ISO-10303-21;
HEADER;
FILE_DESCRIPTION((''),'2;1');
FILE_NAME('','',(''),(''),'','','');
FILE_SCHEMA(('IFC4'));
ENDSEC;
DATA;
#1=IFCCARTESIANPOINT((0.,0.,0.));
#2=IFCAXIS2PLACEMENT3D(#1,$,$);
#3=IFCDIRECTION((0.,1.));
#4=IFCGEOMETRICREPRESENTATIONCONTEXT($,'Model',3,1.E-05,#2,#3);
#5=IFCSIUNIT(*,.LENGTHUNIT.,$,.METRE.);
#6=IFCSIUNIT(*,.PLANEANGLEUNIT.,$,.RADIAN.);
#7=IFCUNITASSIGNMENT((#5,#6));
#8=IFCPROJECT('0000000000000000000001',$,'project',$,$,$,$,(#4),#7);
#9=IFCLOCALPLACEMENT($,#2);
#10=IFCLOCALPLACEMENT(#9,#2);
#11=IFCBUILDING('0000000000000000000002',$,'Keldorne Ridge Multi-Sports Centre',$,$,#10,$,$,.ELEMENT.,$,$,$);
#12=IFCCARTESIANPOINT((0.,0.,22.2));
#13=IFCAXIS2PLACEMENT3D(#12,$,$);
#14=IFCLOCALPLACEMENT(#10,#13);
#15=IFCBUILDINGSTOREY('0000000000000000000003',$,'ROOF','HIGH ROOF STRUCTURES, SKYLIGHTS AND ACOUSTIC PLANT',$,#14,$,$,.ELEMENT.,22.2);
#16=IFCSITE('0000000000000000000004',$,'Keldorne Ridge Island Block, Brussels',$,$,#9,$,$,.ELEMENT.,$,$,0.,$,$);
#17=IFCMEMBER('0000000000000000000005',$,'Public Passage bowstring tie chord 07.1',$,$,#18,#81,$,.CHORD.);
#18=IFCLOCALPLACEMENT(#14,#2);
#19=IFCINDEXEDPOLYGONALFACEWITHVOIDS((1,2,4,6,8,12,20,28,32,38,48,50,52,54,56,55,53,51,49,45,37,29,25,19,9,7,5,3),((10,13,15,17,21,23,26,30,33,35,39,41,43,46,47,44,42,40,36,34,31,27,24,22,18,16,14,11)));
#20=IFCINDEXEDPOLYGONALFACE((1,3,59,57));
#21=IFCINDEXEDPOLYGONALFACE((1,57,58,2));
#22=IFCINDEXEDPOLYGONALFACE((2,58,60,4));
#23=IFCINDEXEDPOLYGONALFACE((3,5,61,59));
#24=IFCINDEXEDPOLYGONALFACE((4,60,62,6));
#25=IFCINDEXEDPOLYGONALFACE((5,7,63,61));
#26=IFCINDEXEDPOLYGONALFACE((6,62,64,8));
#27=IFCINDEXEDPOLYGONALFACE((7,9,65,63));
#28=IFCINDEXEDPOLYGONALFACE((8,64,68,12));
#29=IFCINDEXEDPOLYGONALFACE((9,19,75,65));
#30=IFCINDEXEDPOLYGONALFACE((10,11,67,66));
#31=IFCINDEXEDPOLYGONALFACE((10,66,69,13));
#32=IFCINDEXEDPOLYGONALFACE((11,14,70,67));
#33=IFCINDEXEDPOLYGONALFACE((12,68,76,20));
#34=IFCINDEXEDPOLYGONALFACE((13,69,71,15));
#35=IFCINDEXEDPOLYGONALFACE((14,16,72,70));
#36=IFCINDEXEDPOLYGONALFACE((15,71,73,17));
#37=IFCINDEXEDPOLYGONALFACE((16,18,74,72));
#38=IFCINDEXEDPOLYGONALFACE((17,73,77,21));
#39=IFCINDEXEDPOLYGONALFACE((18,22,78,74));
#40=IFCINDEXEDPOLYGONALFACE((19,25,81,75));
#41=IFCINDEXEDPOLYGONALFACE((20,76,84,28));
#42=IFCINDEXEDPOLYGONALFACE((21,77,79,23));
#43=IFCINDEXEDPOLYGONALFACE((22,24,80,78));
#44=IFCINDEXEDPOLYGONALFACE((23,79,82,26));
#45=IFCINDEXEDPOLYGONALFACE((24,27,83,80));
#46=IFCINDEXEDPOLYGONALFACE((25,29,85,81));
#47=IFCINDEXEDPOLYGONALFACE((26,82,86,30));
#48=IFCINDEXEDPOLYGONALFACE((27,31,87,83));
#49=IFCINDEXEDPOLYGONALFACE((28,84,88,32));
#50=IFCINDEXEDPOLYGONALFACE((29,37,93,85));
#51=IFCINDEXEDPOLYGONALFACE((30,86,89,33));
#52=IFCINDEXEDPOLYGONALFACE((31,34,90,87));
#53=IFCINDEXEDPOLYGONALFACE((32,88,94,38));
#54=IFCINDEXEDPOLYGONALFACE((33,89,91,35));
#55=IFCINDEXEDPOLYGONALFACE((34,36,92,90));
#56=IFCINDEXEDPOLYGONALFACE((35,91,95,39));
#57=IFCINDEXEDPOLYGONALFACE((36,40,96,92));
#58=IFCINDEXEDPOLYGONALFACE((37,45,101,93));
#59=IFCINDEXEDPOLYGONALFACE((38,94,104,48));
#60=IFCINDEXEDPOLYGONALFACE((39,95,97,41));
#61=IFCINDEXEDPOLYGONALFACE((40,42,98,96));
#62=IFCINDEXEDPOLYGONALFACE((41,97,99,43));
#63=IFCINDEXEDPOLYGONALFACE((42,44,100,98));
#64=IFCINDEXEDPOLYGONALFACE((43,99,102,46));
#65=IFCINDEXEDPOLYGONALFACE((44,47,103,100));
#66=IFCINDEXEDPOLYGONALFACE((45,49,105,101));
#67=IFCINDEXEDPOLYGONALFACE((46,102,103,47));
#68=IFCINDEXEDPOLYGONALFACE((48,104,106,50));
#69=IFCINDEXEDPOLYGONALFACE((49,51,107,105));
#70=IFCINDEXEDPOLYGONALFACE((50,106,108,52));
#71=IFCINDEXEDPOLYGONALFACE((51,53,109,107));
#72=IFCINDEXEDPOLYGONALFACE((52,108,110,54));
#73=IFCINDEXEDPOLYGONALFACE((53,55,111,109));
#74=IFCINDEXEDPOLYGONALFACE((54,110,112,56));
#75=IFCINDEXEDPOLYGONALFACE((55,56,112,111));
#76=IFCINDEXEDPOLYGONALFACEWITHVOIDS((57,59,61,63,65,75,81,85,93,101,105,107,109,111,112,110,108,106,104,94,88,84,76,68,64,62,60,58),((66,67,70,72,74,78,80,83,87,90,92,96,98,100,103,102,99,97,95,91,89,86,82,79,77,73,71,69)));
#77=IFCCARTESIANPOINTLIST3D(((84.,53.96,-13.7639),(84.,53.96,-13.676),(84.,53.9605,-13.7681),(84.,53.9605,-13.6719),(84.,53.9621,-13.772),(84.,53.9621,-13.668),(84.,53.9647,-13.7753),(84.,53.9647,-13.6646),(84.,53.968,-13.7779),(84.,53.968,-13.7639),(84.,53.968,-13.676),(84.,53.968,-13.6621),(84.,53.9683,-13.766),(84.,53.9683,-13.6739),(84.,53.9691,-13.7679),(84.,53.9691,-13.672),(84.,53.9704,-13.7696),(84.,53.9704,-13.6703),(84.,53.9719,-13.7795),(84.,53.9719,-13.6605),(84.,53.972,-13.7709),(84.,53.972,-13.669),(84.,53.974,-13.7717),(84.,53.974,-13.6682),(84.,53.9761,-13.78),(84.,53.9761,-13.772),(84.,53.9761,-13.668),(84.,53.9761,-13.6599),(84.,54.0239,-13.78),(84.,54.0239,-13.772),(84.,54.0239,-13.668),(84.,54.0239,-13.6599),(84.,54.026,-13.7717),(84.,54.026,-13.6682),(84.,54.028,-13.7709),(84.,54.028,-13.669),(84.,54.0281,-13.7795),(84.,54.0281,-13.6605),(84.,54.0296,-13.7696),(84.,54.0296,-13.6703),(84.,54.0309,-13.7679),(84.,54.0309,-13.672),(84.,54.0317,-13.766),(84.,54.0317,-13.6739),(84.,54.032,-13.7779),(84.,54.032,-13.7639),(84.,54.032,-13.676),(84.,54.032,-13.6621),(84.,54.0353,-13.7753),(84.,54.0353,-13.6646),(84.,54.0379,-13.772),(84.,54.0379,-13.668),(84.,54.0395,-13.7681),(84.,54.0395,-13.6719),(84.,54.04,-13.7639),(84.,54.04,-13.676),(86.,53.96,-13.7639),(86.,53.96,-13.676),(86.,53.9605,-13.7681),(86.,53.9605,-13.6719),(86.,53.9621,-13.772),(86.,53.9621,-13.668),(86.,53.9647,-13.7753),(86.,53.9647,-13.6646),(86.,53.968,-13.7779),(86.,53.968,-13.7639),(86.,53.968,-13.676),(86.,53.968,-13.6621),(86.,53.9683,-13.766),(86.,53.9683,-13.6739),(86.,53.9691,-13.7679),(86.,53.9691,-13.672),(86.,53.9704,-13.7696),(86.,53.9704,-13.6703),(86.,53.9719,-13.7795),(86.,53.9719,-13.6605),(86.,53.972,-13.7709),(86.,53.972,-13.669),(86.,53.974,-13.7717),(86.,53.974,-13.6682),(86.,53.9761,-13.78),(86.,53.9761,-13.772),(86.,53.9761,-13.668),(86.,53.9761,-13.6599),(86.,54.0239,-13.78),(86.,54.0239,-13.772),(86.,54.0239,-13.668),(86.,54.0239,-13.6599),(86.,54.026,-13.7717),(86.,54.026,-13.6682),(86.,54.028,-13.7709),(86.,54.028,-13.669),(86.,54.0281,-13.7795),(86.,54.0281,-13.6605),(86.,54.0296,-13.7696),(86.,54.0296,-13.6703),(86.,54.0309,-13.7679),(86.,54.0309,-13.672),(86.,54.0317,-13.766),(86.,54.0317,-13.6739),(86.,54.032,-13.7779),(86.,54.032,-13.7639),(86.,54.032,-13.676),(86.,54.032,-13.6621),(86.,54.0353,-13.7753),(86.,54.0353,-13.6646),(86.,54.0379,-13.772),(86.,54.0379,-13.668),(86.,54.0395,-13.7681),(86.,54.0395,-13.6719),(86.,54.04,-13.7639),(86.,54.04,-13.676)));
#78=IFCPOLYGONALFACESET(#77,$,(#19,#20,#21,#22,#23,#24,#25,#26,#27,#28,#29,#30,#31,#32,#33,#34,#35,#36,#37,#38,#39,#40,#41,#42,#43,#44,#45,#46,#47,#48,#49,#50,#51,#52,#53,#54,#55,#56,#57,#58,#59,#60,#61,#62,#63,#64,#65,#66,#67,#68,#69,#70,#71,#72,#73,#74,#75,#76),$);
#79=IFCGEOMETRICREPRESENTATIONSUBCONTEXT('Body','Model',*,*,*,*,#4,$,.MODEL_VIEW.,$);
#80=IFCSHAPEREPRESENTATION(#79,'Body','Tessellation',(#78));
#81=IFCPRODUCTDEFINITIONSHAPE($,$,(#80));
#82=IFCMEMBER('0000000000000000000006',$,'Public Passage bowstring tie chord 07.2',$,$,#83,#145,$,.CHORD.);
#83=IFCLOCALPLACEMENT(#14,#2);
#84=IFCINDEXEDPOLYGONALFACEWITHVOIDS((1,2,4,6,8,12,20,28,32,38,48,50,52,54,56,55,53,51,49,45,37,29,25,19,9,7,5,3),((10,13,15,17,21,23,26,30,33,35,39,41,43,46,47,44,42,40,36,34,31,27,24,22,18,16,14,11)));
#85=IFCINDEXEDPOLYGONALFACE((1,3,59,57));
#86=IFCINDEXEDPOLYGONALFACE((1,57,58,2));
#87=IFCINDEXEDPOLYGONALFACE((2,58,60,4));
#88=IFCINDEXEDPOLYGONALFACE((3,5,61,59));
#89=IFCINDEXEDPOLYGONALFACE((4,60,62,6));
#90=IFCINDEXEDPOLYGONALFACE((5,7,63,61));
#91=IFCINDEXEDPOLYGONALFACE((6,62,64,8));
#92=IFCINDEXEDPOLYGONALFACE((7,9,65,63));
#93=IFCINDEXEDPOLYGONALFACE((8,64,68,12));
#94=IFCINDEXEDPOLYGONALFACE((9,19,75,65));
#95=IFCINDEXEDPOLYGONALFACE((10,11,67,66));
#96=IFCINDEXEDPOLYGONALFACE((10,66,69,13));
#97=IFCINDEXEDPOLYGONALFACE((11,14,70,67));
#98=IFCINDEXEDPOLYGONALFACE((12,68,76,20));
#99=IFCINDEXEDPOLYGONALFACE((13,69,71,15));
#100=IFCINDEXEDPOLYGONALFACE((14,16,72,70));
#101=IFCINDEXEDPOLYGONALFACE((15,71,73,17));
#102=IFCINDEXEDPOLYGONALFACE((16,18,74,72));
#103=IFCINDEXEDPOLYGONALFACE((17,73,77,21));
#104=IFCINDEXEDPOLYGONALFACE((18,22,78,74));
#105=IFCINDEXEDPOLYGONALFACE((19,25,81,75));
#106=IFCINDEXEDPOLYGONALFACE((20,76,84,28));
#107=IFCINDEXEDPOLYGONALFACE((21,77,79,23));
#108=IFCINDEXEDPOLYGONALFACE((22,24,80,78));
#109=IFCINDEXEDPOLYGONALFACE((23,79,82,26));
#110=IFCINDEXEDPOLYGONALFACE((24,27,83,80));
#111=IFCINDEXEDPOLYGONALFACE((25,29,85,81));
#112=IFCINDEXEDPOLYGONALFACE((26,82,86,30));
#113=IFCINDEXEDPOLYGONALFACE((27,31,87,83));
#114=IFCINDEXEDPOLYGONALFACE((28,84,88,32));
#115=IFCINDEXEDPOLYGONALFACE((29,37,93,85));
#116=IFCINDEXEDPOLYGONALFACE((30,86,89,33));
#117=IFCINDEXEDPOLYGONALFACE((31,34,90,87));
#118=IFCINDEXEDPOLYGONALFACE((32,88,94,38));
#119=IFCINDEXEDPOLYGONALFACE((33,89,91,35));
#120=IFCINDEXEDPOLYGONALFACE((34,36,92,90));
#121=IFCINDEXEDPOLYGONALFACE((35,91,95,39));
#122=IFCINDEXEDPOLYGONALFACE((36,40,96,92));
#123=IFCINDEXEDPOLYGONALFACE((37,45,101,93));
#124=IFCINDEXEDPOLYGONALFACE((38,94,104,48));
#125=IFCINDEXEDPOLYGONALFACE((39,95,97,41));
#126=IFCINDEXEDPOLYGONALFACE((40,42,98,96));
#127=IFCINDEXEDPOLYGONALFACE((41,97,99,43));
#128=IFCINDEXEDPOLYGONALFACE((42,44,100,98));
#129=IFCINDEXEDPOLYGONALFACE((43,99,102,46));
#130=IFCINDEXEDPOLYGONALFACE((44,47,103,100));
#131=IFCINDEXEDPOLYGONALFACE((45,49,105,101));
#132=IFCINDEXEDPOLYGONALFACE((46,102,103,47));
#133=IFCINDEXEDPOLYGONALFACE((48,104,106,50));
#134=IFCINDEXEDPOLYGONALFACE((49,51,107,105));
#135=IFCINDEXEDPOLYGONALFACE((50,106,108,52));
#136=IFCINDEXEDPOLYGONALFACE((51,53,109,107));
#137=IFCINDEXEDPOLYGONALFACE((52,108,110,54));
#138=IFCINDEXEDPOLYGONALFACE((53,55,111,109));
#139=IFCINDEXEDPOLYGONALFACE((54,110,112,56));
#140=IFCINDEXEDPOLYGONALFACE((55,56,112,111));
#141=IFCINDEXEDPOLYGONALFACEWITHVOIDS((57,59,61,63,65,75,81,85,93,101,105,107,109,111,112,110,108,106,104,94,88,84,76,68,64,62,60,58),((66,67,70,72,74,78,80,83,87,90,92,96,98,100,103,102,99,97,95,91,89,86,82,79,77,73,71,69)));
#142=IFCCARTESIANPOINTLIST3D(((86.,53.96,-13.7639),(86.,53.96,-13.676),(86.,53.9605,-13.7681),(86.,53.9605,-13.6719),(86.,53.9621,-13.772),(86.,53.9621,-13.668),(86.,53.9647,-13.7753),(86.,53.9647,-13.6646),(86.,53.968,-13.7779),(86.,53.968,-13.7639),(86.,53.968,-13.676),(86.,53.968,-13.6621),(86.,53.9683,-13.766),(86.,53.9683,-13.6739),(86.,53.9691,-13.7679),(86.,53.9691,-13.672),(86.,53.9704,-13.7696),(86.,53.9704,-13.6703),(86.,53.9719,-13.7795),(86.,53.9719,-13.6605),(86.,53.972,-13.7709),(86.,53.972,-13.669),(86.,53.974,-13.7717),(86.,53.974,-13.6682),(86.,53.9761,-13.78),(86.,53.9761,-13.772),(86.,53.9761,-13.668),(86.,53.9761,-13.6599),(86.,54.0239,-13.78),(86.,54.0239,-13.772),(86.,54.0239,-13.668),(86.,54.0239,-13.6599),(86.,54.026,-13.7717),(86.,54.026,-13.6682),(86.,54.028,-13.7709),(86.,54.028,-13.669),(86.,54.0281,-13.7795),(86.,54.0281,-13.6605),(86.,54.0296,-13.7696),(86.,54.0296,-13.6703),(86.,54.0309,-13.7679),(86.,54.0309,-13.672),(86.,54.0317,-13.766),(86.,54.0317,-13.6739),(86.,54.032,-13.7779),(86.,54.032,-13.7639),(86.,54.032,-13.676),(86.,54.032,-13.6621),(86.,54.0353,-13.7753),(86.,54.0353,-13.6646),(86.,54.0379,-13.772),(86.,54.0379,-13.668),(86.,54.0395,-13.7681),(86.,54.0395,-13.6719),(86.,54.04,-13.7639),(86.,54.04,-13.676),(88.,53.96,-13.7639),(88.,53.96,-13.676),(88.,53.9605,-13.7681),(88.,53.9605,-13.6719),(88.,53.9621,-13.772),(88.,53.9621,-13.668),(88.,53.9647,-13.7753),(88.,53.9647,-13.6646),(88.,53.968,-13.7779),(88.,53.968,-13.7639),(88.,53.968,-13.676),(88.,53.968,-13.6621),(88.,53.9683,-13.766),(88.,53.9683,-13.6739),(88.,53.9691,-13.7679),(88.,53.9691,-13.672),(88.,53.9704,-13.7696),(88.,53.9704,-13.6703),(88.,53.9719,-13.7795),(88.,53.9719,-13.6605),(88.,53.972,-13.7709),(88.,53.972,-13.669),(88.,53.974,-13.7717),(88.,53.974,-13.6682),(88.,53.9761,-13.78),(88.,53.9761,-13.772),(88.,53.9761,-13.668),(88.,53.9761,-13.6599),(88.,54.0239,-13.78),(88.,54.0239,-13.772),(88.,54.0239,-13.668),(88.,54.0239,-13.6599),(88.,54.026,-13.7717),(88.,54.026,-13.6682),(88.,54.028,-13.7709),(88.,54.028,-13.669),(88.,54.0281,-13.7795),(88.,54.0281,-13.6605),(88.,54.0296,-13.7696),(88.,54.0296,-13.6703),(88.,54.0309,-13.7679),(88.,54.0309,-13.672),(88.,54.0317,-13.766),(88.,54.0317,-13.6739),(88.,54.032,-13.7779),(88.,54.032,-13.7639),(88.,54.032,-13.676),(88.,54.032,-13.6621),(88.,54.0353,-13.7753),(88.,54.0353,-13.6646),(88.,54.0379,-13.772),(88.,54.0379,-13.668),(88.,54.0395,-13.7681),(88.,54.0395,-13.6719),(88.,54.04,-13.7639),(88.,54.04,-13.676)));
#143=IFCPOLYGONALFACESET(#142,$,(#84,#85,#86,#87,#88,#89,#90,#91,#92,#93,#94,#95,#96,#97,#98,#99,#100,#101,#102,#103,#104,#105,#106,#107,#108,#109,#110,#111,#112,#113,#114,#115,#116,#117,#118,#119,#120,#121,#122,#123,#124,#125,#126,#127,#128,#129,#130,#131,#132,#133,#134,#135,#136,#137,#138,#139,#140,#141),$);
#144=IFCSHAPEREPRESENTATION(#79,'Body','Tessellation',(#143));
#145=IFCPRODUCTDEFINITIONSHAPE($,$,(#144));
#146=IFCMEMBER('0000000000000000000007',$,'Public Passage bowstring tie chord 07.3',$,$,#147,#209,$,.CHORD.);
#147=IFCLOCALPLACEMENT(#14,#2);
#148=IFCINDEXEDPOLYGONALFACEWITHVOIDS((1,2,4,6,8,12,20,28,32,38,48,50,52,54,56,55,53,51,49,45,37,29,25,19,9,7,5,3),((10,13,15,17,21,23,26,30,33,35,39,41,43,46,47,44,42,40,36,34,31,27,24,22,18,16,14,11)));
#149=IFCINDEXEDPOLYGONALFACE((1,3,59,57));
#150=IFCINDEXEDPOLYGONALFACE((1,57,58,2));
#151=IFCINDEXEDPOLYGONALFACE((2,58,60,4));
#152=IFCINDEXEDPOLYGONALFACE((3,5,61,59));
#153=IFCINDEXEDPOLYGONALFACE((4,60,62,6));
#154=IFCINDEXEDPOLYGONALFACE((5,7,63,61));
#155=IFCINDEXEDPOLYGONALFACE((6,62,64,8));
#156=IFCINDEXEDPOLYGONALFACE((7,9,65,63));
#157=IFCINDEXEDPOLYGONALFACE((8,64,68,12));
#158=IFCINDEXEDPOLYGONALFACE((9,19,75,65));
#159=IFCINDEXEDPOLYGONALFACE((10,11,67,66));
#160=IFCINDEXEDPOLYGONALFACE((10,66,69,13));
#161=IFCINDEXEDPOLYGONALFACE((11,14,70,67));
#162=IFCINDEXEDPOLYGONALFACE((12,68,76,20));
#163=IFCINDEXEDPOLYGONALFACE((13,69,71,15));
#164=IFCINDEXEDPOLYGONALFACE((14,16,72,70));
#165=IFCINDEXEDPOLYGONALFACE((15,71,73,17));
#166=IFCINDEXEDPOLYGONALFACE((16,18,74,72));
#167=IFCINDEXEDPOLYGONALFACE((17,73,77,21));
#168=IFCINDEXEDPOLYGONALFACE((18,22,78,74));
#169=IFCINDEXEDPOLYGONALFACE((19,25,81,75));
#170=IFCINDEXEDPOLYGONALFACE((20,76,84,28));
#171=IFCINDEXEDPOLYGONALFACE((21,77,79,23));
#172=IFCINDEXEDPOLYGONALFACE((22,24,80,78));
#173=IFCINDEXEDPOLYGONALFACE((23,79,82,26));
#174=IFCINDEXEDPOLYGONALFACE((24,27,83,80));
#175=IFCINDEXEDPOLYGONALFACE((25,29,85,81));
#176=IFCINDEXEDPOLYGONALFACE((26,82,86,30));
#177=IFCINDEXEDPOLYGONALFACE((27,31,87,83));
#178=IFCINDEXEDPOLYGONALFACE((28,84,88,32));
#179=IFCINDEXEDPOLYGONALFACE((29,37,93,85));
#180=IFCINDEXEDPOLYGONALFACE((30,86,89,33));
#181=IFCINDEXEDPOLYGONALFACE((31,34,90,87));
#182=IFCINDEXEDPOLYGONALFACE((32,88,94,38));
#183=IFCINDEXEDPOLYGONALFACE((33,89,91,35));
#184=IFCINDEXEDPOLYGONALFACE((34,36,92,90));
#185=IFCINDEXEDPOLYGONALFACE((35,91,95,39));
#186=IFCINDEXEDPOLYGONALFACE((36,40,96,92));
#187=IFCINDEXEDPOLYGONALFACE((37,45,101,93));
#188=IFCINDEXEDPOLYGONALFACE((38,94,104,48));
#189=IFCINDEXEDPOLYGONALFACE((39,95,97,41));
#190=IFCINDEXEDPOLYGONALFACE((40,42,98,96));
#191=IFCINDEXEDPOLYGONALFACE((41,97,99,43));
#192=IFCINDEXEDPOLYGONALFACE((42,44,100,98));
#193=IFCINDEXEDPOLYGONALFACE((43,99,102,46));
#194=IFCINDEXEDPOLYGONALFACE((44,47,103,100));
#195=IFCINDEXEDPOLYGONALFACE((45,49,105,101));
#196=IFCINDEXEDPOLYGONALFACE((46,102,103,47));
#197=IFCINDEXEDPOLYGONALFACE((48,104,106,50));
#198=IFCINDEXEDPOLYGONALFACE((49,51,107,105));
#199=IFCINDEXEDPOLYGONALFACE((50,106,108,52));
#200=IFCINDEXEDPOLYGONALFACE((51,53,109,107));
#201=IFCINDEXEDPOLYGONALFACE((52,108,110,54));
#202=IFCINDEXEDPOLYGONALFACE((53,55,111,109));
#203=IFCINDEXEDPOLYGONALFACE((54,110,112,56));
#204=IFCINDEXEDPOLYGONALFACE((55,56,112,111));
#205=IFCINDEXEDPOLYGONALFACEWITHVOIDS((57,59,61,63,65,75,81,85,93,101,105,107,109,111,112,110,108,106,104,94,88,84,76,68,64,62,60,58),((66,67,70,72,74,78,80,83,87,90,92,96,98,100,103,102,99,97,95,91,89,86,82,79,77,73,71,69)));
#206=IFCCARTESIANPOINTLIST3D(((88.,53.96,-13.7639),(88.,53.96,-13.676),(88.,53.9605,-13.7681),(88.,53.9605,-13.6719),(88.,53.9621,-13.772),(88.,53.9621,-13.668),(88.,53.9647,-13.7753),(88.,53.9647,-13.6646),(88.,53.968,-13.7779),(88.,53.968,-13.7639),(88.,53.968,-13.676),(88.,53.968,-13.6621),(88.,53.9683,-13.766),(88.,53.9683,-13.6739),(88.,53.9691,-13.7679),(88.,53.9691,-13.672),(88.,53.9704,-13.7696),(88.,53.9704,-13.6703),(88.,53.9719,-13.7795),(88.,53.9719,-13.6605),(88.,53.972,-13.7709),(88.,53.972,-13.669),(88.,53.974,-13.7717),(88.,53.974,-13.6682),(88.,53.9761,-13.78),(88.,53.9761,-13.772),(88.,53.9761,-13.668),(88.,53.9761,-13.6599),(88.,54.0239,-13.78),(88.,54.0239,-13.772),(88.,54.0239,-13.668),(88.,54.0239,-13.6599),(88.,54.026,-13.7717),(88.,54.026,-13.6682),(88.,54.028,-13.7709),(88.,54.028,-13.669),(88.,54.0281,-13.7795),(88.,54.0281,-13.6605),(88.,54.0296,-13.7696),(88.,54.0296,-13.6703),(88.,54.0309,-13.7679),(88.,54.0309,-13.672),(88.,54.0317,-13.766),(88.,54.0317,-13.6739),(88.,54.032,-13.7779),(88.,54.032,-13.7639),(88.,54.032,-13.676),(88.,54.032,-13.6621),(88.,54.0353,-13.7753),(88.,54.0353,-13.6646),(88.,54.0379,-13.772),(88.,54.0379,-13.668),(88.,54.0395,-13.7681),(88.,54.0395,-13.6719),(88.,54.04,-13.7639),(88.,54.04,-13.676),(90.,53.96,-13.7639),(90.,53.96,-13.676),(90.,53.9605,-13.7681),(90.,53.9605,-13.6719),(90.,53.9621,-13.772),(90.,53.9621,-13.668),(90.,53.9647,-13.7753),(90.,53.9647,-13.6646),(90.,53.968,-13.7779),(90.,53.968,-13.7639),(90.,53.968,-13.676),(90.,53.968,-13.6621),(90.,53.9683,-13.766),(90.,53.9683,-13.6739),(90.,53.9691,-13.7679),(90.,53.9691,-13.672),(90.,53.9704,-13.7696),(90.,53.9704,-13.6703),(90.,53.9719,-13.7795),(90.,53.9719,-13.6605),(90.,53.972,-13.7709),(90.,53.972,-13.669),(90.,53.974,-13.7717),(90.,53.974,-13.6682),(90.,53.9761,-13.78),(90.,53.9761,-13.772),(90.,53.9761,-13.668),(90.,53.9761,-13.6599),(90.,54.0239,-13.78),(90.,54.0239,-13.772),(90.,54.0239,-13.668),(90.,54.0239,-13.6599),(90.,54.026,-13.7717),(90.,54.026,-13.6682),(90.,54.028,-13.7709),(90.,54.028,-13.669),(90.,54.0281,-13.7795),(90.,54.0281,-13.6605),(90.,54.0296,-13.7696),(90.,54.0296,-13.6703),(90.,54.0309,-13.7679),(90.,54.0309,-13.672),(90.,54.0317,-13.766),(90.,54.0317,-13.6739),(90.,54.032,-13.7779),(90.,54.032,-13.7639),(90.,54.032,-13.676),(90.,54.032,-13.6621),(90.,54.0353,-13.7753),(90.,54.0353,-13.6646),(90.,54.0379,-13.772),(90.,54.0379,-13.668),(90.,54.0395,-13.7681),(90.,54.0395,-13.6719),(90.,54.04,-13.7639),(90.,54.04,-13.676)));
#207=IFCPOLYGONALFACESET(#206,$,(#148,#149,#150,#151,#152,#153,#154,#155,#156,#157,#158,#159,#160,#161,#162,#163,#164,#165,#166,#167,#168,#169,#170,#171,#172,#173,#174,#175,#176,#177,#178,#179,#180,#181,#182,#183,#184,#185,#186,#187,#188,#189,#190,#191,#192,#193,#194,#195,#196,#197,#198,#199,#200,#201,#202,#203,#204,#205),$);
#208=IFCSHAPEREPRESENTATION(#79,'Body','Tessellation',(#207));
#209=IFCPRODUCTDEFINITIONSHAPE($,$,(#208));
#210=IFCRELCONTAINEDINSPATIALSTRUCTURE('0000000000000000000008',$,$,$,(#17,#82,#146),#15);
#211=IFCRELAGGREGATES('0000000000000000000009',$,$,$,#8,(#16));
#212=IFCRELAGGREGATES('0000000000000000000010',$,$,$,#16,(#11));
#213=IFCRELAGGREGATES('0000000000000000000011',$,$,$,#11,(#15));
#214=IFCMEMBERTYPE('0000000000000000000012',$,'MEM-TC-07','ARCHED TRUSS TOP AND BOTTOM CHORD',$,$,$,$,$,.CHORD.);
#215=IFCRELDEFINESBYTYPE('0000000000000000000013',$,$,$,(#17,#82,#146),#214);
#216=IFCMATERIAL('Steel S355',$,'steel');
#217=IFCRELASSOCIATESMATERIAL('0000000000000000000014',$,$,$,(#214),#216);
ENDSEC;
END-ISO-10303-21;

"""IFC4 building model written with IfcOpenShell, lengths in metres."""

from ifc_helpers import new_model, si_unit, direction, frame, origin, origin_2d, place, context, subcontext, project, spatial, hollow_rectangle, extrude, material, material_profile, profile_set, type_object, element, save


model = new_model("IFC4")

# Units and contexts
model_context = context("Model", 3, precision=1e-05, world=origin(), true_north=direction((0.0, 1.0)))
body_context = subcontext(model_context, "Body", "Model", "MODEL_VIEW")
ifc_project = project(units=[si_unit("LENGTHUNIT", "METRE"), si_unit("PLANEANGLEUNIT", "RADIAN")], contexts=[model_context])

# Site, building, storey
site_placement = place(None, origin())
site = spatial("IfcSite", under=ifc_project, at=site_placement, Name="Keldorne Ridge Island Block, Brussels", CompositionType="ELEMENT", RefElevation=0.0)
building_placement = place(site_placement, origin())
building = spatial("IfcBuilding", under=site, at=building_placement, Name="Keldorne Ridge Multi-Sports Centre", CompositionType="ELEMENT")
storey_placement = place(building_placement, frame((0.0, 0.0, 22.2)))
storey = spatial("IfcBuildingStorey", under=building, at=storey_placement, Name="ROOF", Description="HIGH ROOF STRUCTURES, SKYLIGHTS AND ACOUSTIC PLANT", CompositionType="ELEMENT", Elevation=22.2)

# Members
ifc_material = material(Name="Steel S355", Category="steel")
ifc_material_profile_1 = material_profile(ifc_material, hollow_rectangle(XDim=0.0801, YDim=0.1201, WallThickness=0.0081, InnerFilletRadius=0.0081, OuterFilletRadius=0.0161, at=origin_2d()), Name="RHS 120x80x8")
ifc_profile_set_1 = profile_set([ifc_material_profile_1], Name="Steel S355")
member_type_1 = type_object("IfcMemberType", Name="MEM-TC-07", Description="ARCHED TRUSS TOP AND BOTTOM CHORD", PredefinedType="CHORD", material=ifc_profile_set_1)
for number, where, z_axis, x_axis, name in (
    (1, (84.0, 54.0, -13.72), (1.0, 0.0, 0.0), (0.0, 1.0, 0.0), "Public Passage bowstring tie chord 07.1"),
    (2, (86.0, 54.0, -13.72), (1.0, 0.0, 0.0), (0.0, 1.0, 0.0), "Public Passage bowstring tie chord 07.2"),
    (3, (88.0, 54.0, -13.72), (1.0, 0.0, 0.0), (0.0, 1.0, 0.0), "Public Passage bowstring tie chord 07.3"),
):
    element("IfcMember", number, at=place(storey_placement, frame(where, z_axis=z_axis, x_axis=x_axis)), inside=storey, type_object=member_type_1, Name=name, PredefinedType="CHORD", context=body_context, shape_type="SweptSolid", body=[
        extrude(hollow_rectangle(XDim=0.0801, YDim=0.1201, WallThickness=0.0081, InnerFilletRadius=0.0081, OuterFilletRadius=0.0161, at=origin_2d()), origin(), (0.0, 0.0, 1.0), 2.0),
    ])

save(model, "model.ifc")
